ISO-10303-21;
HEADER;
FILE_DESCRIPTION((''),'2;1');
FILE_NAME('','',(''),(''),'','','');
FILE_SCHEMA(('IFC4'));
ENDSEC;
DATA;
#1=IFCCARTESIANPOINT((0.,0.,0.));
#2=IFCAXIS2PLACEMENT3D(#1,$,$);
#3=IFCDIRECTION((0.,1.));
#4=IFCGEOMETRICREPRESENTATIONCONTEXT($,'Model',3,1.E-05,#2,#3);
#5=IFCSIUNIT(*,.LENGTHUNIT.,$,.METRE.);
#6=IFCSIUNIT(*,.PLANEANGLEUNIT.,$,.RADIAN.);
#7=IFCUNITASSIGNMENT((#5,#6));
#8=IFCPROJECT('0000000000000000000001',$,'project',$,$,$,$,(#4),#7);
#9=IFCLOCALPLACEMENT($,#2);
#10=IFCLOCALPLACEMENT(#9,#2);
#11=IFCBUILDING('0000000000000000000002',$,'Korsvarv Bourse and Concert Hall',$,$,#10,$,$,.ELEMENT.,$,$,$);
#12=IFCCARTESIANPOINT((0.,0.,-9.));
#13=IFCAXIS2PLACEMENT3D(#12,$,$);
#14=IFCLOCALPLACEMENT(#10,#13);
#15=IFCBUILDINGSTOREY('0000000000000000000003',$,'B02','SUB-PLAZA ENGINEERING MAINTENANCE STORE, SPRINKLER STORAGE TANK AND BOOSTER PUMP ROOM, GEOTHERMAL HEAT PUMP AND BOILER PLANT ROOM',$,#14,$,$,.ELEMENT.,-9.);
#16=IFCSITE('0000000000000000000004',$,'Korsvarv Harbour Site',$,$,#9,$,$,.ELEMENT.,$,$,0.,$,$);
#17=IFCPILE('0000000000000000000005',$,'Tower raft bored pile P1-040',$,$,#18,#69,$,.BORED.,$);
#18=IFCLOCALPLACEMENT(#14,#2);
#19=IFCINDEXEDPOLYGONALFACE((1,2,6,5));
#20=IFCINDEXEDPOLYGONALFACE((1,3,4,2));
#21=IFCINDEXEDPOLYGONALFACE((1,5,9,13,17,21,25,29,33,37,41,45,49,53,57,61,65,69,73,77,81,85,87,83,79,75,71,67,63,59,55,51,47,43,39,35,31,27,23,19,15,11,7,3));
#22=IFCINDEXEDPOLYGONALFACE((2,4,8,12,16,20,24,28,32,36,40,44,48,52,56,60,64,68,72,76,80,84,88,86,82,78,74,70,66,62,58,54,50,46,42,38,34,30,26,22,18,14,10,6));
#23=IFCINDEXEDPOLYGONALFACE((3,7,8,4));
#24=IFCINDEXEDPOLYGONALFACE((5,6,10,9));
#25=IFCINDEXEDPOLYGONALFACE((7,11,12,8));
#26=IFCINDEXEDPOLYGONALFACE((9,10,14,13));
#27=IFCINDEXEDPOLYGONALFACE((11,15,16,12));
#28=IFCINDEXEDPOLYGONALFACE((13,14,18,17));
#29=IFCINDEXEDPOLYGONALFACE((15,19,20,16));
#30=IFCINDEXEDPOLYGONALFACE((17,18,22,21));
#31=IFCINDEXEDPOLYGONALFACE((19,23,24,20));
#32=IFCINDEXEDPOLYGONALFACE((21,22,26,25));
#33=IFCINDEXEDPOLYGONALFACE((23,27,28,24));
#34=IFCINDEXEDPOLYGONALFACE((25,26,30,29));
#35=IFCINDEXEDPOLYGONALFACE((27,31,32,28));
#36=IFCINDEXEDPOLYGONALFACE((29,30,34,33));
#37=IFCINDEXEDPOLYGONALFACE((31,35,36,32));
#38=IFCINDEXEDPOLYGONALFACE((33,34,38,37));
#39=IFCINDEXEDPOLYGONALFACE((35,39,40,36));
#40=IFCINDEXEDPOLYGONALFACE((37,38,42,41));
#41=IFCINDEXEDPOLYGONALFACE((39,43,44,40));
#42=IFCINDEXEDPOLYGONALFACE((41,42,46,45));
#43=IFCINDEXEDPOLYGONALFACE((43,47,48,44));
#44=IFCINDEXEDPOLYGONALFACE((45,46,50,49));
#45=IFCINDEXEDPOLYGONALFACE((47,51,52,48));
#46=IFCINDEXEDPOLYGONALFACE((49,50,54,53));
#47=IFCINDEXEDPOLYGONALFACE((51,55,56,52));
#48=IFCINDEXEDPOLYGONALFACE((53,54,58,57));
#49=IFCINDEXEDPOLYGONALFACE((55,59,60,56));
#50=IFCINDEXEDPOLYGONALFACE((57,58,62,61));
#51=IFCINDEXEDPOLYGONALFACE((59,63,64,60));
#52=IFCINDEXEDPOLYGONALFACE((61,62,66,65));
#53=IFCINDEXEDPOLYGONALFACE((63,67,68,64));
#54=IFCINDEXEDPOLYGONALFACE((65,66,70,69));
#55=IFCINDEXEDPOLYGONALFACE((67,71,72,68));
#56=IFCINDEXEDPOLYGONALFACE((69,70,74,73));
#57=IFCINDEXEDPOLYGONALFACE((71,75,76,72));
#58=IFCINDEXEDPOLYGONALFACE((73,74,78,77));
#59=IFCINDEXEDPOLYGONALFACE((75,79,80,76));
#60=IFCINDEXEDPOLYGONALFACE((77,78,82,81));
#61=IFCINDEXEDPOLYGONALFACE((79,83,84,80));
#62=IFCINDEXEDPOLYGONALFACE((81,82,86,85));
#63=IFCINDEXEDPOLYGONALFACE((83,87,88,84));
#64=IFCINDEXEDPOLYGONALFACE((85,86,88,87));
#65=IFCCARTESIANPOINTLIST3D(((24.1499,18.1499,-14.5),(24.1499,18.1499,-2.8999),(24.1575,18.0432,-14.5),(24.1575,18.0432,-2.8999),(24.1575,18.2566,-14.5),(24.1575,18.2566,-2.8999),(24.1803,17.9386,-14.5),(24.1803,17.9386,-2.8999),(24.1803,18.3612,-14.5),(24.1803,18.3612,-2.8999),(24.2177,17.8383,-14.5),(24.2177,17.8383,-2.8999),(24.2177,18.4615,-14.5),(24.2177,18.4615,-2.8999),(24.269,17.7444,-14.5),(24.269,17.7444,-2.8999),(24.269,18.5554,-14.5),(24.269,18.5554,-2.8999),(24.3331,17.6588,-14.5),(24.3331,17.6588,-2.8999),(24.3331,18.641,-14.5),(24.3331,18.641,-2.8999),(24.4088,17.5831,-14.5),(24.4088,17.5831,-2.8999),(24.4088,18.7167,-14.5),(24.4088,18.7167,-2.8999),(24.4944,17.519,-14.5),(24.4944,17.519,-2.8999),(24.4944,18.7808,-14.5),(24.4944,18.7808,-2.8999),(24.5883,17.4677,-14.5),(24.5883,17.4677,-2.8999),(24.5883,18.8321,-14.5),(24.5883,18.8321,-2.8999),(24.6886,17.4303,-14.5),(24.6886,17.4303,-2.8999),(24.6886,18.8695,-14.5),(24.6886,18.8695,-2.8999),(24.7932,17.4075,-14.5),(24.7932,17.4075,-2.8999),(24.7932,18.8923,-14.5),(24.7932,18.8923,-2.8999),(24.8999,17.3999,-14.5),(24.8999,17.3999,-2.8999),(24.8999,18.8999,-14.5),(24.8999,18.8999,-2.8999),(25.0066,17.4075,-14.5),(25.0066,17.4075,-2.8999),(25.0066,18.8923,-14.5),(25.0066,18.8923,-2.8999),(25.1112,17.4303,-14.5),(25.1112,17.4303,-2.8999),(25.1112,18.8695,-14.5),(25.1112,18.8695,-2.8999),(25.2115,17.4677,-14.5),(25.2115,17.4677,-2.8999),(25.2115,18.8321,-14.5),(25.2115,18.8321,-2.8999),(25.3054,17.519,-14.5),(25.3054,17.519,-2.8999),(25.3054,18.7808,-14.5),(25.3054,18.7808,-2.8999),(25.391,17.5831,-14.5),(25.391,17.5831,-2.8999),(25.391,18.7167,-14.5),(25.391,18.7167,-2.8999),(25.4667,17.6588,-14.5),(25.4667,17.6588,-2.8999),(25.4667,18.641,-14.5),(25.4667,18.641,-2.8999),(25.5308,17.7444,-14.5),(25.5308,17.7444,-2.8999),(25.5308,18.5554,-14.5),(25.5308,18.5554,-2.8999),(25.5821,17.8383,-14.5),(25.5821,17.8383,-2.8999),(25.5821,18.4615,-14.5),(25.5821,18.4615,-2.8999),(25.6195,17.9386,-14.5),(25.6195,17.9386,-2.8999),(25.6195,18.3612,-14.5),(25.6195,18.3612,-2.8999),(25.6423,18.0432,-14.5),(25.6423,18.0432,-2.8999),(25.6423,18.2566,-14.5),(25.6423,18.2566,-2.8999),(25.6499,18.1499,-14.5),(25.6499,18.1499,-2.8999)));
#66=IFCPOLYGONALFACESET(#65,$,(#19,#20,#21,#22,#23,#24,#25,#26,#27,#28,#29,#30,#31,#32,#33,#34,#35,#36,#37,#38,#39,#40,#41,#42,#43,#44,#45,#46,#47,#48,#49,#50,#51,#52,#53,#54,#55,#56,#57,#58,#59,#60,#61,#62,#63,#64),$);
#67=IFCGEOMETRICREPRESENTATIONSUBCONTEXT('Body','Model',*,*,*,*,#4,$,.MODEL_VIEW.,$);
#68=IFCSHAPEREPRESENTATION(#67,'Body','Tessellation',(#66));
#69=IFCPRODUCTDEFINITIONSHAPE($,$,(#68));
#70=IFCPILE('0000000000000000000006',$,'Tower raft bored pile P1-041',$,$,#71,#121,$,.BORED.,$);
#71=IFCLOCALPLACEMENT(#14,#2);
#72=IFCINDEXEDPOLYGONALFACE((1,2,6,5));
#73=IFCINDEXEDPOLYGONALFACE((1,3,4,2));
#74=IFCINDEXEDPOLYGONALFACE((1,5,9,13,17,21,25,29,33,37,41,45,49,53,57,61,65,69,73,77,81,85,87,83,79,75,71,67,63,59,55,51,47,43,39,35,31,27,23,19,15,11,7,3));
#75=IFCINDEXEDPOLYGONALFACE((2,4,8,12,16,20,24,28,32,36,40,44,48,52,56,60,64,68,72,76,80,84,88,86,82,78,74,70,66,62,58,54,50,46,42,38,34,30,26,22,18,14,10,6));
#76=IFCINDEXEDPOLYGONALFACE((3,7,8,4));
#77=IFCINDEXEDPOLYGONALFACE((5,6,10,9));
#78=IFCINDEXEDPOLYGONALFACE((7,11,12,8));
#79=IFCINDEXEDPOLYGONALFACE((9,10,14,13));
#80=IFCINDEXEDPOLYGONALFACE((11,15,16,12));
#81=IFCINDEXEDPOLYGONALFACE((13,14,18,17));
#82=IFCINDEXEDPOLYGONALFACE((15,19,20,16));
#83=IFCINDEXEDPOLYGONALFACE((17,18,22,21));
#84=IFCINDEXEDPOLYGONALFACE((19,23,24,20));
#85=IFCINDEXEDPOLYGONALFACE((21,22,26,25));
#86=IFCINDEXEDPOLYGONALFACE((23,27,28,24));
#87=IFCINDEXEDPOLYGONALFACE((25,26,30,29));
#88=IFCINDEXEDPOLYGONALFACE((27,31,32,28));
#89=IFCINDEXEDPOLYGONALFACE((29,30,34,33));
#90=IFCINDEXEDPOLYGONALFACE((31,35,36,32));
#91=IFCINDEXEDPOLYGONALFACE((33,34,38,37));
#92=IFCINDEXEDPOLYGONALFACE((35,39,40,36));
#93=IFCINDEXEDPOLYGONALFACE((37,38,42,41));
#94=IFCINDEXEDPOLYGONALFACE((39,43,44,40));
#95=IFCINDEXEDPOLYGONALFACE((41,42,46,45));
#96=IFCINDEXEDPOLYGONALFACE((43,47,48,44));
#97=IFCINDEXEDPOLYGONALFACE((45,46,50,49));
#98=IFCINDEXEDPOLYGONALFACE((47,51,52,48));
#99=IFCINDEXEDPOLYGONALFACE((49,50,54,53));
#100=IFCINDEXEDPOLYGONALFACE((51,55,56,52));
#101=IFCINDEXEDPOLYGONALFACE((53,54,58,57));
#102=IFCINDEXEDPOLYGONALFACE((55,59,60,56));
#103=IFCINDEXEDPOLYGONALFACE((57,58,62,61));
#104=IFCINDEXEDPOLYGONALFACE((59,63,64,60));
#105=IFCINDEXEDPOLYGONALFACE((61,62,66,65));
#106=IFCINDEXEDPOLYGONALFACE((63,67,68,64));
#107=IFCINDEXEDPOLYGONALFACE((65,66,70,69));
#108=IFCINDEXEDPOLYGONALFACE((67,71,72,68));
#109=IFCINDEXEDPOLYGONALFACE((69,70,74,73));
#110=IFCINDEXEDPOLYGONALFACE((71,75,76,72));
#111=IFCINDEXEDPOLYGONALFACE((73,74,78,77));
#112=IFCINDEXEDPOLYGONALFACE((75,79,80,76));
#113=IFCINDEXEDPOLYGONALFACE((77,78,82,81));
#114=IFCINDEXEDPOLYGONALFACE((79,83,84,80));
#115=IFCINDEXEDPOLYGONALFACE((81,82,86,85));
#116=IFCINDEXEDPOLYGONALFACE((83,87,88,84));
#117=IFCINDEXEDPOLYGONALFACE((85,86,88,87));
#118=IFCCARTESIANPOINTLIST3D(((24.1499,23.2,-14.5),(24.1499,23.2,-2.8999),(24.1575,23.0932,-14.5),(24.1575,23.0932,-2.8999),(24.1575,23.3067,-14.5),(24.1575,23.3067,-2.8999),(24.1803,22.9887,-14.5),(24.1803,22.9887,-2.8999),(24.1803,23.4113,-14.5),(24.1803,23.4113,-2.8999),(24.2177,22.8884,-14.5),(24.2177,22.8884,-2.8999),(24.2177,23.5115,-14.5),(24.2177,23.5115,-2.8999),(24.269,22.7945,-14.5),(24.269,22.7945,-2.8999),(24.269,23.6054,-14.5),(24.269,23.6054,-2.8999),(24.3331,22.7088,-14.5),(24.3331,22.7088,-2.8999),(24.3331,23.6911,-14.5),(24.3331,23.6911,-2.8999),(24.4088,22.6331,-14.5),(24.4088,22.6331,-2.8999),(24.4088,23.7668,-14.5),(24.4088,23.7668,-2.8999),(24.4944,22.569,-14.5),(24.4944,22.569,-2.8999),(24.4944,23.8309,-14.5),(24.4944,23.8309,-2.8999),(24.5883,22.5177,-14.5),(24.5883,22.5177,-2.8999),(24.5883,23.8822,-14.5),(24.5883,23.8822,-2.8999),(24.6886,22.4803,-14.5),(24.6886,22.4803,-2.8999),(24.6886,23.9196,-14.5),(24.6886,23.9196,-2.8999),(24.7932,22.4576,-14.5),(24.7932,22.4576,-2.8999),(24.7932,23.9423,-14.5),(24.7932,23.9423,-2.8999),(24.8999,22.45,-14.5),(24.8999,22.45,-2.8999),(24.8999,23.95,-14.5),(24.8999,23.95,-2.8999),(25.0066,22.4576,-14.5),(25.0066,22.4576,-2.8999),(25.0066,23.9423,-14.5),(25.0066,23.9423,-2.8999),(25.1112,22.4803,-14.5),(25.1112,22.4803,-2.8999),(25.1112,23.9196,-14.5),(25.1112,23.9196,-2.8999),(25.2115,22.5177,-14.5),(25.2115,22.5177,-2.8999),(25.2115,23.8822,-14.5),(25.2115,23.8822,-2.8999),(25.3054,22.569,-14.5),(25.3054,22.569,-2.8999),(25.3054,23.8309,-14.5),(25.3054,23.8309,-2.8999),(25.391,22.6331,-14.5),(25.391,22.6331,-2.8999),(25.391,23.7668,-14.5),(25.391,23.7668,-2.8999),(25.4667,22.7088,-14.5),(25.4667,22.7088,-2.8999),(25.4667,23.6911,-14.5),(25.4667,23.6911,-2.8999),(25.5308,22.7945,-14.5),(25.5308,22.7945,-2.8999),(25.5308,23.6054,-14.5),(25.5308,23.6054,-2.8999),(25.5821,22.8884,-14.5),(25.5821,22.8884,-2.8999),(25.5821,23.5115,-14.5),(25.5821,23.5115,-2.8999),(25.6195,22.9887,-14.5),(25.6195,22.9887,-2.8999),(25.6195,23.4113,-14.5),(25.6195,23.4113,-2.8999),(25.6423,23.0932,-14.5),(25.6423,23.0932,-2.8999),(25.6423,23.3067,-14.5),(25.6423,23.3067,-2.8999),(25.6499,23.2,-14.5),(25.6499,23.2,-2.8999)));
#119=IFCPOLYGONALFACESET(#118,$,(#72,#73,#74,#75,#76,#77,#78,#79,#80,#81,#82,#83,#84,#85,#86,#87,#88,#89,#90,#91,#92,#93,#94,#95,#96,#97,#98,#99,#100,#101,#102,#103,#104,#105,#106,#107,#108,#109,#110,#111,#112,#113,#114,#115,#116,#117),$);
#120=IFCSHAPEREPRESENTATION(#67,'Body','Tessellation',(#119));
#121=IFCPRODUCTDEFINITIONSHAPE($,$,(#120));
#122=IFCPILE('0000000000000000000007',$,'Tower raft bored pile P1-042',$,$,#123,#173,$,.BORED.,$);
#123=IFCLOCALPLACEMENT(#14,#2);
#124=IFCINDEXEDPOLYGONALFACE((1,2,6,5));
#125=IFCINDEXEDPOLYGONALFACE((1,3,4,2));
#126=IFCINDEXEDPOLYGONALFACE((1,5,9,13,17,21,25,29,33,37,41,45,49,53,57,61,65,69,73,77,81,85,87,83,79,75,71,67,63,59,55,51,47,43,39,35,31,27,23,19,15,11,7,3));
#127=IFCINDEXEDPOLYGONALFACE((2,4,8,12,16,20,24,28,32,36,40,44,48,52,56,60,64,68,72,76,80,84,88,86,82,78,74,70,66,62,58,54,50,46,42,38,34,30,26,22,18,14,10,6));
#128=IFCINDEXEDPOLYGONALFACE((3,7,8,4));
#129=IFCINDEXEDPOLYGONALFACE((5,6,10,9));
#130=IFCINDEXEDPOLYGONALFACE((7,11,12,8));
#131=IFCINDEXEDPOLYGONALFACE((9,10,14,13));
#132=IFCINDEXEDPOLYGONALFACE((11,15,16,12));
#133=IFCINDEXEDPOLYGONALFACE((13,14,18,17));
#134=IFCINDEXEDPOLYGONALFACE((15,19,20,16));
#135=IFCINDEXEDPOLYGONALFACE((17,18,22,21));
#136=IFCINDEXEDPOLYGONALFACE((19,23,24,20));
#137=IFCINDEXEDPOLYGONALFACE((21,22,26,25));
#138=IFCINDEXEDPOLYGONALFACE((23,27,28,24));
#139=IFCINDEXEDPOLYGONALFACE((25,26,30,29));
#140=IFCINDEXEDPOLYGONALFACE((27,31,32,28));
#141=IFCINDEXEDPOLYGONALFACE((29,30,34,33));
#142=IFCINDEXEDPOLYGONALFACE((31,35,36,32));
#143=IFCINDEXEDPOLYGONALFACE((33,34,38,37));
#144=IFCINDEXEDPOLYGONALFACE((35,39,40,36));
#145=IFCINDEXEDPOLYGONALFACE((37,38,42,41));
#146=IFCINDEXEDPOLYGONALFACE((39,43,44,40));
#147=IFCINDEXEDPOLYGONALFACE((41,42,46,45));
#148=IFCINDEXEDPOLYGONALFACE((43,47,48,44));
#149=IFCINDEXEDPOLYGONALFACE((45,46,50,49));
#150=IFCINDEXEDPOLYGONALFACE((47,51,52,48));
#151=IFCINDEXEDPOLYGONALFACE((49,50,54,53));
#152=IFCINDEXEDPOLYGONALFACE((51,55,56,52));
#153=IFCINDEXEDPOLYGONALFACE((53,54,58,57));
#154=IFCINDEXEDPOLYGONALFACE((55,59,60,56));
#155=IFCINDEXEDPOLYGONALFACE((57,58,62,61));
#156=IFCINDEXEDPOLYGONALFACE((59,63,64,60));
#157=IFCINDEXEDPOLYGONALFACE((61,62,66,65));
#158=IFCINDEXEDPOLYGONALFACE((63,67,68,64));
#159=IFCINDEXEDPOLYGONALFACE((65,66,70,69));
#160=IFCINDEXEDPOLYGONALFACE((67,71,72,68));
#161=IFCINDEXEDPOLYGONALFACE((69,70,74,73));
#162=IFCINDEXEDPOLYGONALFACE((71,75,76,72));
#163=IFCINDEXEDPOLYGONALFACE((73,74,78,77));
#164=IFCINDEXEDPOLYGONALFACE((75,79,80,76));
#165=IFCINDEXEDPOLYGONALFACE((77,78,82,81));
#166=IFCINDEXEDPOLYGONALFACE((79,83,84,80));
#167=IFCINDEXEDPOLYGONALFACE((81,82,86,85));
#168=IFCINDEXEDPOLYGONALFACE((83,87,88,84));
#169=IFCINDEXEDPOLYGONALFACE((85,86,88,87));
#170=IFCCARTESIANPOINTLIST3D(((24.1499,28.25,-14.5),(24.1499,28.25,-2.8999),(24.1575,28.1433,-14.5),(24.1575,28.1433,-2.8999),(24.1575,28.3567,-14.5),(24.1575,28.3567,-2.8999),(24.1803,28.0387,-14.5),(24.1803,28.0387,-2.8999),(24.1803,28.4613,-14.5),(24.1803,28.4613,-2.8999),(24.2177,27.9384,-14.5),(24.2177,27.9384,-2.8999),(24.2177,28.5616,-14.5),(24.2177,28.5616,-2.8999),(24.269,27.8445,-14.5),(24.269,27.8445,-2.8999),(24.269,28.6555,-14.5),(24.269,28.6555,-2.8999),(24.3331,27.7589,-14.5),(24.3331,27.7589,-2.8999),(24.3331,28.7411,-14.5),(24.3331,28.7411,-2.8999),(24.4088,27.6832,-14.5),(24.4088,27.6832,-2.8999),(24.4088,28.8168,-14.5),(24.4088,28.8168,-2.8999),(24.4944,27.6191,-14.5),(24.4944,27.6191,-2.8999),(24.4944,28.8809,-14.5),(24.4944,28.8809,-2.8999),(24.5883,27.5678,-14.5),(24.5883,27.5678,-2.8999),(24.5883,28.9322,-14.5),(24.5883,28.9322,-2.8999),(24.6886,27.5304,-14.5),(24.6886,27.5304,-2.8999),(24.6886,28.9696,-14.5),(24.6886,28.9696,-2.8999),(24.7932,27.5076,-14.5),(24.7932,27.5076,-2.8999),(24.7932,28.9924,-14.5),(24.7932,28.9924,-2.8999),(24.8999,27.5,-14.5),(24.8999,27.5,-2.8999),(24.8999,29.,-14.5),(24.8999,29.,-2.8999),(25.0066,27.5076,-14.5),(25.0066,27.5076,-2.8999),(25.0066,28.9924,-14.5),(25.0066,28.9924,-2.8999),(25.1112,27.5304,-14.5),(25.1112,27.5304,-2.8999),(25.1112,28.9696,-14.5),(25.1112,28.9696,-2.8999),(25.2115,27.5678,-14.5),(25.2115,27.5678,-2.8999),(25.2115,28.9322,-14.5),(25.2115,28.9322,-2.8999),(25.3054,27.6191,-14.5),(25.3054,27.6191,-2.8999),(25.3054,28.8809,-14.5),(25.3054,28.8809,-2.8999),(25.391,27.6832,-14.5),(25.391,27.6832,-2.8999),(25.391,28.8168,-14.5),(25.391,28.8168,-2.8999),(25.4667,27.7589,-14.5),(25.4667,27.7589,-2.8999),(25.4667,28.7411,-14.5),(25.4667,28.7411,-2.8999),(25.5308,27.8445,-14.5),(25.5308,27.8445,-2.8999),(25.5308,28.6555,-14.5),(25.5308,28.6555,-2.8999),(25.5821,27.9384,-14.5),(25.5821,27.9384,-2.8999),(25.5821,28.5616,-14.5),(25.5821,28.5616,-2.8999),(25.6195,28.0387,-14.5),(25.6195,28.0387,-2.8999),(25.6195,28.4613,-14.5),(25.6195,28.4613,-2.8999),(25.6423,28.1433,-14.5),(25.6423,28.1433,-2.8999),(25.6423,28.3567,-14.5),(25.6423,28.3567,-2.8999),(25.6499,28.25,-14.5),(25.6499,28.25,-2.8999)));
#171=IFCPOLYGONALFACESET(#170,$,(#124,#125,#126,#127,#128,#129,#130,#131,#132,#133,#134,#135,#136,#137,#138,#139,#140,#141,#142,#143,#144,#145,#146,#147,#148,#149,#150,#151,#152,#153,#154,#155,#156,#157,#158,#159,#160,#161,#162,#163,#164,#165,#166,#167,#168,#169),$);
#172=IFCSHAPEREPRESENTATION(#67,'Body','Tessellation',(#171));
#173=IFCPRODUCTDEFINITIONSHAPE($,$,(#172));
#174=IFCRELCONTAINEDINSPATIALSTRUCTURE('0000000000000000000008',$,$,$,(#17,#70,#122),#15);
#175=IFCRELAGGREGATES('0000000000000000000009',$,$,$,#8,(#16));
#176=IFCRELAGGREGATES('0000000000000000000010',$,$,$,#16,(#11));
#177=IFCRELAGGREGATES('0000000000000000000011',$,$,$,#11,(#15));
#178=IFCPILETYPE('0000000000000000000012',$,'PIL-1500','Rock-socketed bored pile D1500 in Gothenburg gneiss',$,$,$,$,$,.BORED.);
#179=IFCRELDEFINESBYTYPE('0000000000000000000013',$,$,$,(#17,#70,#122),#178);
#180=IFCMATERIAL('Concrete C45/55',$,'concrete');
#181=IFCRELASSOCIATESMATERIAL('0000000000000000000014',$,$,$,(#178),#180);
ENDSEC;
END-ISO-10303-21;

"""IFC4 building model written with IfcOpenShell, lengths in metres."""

from ifc_helpers import new_model, si_unit, direction, frame, origin, origin_2d, place, context, subcontext, project, spatial, circle, extrude, source, transform, mapped, material, material_profile, profile_set, type_object, element, save


model = new_model("IFC4")

# Units and contexts
model_context = context("Model", 3, precision=1e-05, world=origin(), true_north=direction((0.0, 1.0)))
body_context = subcontext(model_context, "Body", "Model", "MODEL_VIEW")
ifc_project = project(units=[si_unit("LENGTHUNIT", "METRE"), si_unit("PLANEANGLEUNIT", "RADIAN")], contexts=[model_context])

# Site, building, storey
site_placement = place(None, origin())
site = spatial("IfcSite", under=ifc_project, at=site_placement, Name="Korsvarv Harbour Site", CompositionType="ELEMENT", RefElevation=0.0)
building_placement = place(site_placement, origin())
building = spatial("IfcBuilding", under=site, at=building_placement, Name="Korsvarv Bourse and Concert Hall", CompositionType="ELEMENT")
storey_placement = place(building_placement, frame((0.0, 0.0, -9.0)))
storey = spatial("IfcBuildingStorey", under=building, at=storey_placement, Name="B02", Description="SUB-PLAZA ENGINEERING MAINTENANCE STORE, SPRINKLER STORAGE TANK AND BOOSTER PUMP ROOM, GEOTHERMAL HEAT PUMP AND BOILER PLANT ROOM", CompositionType="ELEMENT", Elevation=-9.0)

# Piles
ifc_material_1 = material(Name="Concrete C45/55", Category="concrete")
ifc_material_profile_1 = material_profile(ifc_material_1, circle(Radius=0.75, at=origin_2d()), Name="PILE D1500")
ifc_profile_set_1 = profile_set([ifc_material_profile_1], Name="Concrete C45/55")
pile_type = type_object("IfcPileType", Name="PIL-1500", Description="Rock-socketed bored pile D1500 in Gothenburg gneiss", PredefinedType="BORED", material=ifc_profile_set_1)
shared_shape_1 = source(origin(), body_context, "Body", "SweptSolid", [
    extrude(circle(Radius=0.75, at=origin_2d()), origin(), (0.0, 0.0, 1.0), 11.6001),
])
for number, where, z_axis, x_axis, name in (
    (1, (24.8999, 18.1499, -2.8999), (0.0, 0.0, -1.0), (1.0, 0.0, 0.0), "Tower raft bored pile P1-040"),
    (2, (24.8999, 23.2, -2.8999), (0.0, 0.0, -1.0), (1.0, 0.0, 0.0), "Tower raft bored pile P1-041"),
    (3, (24.8999, 28.25, -2.8999), (0.0, 0.0, -1.0), (1.0, 0.0, 0.0), "Tower raft bored pile P1-042"),
):
    element("IfcPile", number, at=place(storey_placement, frame(where, z_axis=z_axis, x_axis=x_axis)), inside=storey, type_object=pile_type, Name=name, PredefinedType="BORED", context=body_context, shape_type="MappedRepresentation", body=[
        mapped(shared_shape_1, transform((0.0, 0.0, 0.0), scale=1.0)),
    ])

save(model, "model.ifc")
